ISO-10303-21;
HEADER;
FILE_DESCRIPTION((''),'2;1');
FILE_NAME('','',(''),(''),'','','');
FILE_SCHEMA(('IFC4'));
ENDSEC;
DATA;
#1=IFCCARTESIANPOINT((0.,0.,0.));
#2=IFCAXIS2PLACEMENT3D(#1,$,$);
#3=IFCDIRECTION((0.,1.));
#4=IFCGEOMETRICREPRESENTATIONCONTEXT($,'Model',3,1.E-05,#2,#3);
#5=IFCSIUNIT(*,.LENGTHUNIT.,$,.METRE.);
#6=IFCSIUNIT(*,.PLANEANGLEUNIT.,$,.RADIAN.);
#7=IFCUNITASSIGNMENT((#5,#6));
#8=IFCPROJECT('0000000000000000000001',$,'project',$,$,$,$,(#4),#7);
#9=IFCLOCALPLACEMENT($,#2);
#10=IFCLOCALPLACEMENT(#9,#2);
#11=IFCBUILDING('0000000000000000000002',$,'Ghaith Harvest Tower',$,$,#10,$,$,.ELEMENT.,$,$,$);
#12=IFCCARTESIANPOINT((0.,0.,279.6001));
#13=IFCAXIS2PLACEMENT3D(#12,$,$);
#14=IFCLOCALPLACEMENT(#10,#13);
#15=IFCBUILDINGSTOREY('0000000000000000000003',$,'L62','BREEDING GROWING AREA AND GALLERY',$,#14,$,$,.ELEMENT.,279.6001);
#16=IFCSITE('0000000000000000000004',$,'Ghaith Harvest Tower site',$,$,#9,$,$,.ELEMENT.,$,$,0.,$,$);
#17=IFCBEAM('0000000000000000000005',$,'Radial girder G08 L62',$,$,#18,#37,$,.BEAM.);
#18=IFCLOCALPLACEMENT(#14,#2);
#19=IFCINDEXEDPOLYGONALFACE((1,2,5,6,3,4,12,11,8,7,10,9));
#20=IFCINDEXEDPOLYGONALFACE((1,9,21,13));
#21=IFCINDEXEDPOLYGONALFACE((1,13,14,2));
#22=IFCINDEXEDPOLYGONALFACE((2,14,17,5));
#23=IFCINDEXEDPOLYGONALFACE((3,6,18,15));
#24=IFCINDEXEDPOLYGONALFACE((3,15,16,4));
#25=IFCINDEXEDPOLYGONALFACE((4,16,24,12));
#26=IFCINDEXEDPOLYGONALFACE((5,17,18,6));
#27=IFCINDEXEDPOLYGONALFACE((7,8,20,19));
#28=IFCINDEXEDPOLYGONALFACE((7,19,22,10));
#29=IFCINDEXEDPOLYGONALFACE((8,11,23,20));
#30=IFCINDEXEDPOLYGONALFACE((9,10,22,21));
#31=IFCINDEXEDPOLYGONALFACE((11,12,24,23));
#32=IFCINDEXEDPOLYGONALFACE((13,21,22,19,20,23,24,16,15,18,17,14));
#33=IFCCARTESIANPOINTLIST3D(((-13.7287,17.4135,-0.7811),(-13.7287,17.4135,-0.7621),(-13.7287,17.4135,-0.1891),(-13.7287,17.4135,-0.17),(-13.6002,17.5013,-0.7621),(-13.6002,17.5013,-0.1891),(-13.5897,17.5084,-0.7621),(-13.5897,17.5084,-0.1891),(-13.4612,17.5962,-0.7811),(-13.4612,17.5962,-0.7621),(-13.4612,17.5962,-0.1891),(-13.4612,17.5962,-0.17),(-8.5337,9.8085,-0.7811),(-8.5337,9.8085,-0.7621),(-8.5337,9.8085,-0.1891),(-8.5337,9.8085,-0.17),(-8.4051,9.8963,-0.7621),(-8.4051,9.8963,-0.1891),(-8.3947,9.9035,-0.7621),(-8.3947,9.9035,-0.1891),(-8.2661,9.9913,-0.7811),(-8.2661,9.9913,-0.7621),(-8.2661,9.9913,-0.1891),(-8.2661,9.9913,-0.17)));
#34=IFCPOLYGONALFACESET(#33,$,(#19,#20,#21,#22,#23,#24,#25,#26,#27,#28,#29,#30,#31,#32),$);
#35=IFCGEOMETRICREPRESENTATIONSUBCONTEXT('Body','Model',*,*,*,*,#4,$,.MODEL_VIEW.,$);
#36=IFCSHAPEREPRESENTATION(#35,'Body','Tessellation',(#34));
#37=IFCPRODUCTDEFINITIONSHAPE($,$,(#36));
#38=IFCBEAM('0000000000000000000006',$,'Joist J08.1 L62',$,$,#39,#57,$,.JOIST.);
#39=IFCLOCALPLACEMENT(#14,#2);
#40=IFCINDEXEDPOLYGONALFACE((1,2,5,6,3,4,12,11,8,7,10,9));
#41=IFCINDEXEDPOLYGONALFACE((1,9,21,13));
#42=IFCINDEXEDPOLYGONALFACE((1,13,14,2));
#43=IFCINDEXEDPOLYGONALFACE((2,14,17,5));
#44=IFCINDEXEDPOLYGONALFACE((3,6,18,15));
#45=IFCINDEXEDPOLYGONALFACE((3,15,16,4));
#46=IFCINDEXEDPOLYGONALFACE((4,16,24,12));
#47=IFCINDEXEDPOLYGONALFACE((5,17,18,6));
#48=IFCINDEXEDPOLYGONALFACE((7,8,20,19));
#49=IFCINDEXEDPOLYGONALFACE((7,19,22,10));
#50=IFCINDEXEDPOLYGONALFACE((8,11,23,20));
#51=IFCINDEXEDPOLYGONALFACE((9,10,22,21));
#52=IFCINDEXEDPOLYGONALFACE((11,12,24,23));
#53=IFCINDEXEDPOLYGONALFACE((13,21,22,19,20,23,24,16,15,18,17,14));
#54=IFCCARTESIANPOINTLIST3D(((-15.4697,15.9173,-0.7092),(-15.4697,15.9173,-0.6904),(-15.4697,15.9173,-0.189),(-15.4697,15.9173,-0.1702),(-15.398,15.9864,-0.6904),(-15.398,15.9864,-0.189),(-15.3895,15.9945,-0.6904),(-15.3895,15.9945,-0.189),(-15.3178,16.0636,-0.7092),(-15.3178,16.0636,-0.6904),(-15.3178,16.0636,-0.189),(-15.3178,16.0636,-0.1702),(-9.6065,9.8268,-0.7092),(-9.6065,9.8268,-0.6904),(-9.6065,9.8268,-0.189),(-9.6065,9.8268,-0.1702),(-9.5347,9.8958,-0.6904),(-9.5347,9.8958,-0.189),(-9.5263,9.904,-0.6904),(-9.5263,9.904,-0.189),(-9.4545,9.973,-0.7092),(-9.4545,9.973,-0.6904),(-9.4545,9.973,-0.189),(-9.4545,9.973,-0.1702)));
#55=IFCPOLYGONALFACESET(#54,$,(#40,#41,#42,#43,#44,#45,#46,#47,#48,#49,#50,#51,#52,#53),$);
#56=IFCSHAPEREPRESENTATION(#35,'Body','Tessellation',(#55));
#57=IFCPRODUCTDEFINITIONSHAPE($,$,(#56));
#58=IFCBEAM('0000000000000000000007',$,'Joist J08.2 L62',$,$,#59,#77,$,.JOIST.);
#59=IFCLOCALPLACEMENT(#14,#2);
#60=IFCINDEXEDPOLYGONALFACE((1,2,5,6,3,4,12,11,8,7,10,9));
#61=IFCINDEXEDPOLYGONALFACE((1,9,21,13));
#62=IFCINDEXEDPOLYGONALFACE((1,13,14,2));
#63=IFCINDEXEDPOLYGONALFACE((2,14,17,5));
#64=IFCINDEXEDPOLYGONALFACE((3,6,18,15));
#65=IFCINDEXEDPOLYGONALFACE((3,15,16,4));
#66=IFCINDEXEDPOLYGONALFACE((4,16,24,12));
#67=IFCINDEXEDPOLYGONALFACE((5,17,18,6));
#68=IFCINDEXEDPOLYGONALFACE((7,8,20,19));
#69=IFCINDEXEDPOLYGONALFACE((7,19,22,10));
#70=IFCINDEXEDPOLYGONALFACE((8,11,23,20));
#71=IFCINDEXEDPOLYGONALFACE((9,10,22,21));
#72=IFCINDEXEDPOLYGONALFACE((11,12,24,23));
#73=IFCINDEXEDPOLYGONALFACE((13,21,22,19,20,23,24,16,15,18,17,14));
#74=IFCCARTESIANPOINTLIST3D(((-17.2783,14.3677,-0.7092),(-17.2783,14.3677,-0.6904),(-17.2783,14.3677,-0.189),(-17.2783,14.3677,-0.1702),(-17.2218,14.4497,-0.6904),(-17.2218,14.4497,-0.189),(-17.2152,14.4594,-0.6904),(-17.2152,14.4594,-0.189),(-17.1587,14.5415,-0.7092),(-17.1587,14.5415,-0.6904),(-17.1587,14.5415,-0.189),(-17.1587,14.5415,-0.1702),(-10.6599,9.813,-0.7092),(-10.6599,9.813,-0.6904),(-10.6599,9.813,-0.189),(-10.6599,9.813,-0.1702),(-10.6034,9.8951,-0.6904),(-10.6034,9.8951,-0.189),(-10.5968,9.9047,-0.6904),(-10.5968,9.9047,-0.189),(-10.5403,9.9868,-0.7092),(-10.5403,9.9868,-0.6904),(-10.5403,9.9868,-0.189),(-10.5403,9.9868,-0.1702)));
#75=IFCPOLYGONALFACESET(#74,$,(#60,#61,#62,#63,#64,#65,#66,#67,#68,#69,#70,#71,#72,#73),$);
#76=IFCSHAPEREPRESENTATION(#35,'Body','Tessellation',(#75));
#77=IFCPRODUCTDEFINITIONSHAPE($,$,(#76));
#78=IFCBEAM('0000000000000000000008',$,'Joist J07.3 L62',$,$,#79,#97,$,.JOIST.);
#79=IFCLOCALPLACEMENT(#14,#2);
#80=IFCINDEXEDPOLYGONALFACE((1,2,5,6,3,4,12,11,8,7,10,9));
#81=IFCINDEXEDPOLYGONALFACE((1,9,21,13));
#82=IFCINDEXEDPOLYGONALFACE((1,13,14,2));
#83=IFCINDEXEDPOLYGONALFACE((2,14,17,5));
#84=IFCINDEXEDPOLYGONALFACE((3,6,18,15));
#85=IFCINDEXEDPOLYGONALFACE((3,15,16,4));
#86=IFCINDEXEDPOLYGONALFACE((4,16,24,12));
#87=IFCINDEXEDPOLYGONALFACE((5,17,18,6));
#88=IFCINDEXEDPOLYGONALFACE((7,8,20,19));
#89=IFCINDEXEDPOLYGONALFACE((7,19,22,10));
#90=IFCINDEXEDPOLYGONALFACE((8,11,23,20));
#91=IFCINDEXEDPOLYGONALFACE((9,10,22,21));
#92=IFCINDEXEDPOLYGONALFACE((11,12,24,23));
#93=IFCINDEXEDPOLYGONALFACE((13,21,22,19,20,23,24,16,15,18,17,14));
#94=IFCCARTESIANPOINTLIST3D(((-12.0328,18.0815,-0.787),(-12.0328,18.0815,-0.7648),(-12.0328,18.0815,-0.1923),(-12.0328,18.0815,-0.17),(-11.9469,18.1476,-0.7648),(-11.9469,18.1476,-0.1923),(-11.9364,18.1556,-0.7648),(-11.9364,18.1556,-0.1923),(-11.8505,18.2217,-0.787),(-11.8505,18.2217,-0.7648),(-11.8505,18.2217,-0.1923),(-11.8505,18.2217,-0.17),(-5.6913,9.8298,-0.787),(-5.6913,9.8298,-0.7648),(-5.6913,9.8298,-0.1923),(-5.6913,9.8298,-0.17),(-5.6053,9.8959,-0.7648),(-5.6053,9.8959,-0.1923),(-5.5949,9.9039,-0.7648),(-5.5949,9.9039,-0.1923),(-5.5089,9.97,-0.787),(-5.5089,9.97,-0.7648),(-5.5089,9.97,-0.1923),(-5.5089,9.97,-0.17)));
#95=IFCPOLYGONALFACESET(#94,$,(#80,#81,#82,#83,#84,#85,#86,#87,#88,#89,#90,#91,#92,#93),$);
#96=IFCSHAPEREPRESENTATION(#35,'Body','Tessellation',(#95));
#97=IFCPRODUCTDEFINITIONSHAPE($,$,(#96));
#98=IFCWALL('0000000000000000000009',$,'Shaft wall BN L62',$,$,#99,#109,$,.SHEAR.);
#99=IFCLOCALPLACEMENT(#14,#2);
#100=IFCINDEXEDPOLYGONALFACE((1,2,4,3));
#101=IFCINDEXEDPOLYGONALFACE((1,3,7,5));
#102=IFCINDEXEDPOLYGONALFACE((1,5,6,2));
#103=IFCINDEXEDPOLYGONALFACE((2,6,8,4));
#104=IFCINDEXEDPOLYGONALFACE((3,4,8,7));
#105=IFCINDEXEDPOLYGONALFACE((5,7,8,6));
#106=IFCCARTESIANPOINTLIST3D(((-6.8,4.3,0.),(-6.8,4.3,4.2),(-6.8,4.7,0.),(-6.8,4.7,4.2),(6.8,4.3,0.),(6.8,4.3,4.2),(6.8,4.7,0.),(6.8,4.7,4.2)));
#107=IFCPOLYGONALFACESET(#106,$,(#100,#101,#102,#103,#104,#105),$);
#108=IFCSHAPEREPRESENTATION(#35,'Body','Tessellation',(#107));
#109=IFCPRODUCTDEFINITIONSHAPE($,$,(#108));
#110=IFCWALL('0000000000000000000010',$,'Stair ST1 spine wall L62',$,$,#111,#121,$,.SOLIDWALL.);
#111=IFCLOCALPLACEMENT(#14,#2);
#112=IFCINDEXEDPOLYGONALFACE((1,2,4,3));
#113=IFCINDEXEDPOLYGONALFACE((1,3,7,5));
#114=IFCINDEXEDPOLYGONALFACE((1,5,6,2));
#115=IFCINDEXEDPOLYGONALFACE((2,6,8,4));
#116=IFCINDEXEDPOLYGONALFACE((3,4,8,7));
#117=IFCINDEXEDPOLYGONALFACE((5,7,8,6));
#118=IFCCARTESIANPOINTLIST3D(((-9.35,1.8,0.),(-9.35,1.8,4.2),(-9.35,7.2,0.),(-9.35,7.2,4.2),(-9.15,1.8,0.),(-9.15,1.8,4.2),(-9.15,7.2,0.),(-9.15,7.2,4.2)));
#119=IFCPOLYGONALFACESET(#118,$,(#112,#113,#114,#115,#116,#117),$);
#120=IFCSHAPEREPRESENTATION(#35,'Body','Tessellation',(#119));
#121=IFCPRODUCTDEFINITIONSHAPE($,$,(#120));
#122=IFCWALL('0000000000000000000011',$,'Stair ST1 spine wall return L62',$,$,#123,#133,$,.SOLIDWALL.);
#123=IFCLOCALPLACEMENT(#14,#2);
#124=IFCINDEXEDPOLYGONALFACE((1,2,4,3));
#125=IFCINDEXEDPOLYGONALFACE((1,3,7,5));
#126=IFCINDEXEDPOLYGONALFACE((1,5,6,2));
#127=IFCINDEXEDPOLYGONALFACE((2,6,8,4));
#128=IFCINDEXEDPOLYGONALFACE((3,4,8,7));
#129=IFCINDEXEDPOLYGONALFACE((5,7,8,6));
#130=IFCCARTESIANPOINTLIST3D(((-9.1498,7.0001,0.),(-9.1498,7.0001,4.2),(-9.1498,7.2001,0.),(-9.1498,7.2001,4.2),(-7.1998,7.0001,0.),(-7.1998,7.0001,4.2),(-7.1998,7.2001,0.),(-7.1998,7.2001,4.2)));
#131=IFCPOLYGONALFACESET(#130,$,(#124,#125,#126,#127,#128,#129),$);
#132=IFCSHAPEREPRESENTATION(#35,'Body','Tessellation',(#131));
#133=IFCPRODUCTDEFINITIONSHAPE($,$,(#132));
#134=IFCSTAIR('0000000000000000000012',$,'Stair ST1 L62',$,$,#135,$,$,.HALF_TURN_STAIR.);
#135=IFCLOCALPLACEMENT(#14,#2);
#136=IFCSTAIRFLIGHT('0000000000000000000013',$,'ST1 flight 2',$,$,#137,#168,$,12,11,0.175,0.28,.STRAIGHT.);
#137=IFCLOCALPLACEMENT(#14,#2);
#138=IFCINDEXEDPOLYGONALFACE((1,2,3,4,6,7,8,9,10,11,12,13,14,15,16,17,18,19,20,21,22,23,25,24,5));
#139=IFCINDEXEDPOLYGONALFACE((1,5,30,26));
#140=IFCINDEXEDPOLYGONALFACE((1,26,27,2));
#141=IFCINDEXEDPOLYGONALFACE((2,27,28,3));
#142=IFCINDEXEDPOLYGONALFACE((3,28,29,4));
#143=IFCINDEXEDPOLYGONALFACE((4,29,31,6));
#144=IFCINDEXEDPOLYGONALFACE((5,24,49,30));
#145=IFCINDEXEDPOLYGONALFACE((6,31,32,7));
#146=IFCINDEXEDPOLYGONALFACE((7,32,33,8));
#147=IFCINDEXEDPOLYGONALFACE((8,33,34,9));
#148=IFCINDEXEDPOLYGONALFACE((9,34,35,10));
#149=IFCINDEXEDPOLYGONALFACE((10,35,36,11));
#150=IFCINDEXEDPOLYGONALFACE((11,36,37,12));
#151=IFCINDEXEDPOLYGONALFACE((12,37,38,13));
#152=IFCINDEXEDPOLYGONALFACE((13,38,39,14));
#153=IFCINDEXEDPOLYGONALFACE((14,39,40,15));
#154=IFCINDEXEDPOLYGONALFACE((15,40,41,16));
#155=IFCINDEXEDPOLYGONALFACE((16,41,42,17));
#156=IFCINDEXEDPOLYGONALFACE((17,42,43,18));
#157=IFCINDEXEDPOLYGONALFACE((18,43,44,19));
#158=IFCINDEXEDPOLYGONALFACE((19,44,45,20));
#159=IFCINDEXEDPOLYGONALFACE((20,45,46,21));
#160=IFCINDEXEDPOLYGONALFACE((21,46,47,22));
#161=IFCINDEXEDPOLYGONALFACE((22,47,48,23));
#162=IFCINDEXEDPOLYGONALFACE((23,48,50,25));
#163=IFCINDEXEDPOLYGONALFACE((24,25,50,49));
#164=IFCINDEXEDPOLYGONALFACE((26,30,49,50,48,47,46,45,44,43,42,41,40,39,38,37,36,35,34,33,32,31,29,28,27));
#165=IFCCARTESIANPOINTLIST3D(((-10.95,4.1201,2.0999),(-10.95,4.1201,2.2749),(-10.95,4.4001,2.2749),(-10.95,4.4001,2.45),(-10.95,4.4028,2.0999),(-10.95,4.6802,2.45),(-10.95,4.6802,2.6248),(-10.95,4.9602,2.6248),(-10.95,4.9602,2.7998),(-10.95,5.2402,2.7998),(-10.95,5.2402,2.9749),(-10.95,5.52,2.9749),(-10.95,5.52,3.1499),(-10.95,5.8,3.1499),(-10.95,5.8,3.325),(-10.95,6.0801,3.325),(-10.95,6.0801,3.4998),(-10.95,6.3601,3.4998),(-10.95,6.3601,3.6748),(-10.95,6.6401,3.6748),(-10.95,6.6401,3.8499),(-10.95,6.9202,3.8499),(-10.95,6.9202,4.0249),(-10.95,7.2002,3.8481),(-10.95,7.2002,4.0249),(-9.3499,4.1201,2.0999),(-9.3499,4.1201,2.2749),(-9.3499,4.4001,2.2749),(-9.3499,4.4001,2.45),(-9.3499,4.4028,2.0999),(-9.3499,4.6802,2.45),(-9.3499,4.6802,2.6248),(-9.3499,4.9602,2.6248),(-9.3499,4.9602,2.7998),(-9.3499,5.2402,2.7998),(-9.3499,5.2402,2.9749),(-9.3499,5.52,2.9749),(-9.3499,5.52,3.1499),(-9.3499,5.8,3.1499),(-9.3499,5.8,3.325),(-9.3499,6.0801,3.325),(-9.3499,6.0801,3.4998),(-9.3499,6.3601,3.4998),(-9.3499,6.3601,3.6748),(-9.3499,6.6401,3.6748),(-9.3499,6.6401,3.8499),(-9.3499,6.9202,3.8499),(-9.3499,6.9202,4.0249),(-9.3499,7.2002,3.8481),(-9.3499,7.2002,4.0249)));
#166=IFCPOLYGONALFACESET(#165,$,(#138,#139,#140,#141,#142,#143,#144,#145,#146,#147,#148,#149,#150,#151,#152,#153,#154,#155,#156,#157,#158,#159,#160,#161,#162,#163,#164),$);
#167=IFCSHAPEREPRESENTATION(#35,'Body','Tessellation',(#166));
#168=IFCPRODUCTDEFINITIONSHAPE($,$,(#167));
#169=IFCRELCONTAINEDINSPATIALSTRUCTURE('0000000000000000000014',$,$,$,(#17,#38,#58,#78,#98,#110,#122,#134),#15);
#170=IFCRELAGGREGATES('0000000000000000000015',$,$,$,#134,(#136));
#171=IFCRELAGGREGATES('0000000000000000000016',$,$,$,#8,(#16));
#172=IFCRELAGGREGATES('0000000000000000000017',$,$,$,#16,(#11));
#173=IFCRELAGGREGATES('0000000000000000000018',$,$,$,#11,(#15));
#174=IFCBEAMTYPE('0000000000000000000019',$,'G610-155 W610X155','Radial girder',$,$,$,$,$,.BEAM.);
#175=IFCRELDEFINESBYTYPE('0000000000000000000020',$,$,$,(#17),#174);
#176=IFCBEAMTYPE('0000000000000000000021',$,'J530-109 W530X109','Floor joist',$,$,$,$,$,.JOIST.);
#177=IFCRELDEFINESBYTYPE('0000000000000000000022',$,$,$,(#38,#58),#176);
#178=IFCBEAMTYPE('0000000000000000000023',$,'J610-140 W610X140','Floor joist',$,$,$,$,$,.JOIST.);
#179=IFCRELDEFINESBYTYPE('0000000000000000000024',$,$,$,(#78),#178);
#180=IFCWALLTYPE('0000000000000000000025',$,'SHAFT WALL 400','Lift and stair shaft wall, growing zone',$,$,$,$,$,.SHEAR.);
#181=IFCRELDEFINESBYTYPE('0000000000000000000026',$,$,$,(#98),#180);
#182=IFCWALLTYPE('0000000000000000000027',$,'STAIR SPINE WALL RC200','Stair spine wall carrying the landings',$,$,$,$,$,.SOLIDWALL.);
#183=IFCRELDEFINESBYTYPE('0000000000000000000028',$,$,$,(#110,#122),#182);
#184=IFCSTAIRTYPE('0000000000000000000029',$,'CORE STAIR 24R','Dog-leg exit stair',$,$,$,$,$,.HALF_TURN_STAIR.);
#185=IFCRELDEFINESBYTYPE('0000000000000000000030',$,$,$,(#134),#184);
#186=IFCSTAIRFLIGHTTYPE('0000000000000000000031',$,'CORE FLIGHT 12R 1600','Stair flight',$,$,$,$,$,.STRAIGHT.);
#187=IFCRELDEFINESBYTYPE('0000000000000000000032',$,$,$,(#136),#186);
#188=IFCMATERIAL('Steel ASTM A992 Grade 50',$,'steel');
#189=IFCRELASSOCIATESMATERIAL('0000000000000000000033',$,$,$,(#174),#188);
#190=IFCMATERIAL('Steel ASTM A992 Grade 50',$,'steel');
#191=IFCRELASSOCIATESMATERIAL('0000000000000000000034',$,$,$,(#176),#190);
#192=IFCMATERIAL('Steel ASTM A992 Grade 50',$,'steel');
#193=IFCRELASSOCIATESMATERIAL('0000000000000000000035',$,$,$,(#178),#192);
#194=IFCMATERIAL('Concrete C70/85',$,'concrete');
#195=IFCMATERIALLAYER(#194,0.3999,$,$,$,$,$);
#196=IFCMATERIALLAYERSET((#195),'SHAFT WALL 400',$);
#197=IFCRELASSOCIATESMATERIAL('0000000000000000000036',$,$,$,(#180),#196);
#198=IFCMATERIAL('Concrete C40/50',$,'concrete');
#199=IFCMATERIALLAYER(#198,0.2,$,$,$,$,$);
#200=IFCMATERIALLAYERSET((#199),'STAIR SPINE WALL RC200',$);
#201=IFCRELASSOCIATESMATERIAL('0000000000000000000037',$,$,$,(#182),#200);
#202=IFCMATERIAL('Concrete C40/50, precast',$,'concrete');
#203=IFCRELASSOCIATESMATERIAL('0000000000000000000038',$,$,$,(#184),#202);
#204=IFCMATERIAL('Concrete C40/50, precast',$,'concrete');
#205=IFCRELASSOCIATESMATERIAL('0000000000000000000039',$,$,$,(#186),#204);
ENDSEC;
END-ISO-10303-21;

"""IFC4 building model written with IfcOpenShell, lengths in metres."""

from ifc_helpers import new_model, si_unit, direction, frame, frame_2d, origin, origin_2d, place, context, subcontext, project, spatial, polyline, rectangle, i_section, outline, extrude, material, layer, layer_set, material_profile, profile_set, type_object, element, aggregate, save


model = new_model("IFC4")

# Units and contexts
model_context = context("Model", 3, precision=1e-05, world=origin(), true_north=direction((0.0, 1.0)))
body_context = subcontext(model_context, "Body", "Model", "MODEL_VIEW")
ifc_project = project(units=[si_unit("LENGTHUNIT", "METRE"), si_unit("PLANEANGLEUNIT", "RADIAN")], contexts=[model_context])

# Site, building, storey
site_placement = place(None, origin())
site = spatial("IfcSite", under=ifc_project, at=site_placement, Name="Ghaith Harvest Tower site", CompositionType="ELEMENT", RefElevation=0.0)
building_placement = place(site_placement, origin())
building = spatial("IfcBuilding", under=site, at=building_placement, Name="Ghaith Harvest Tower", CompositionType="ELEMENT")
storey_placement = place(building_placement, frame((0.0, 0.0, 279.6001)))
storey = spatial("IfcBuildingStorey", under=building, at=storey_placement, Name="L62", Description="BREEDING GROWING AREA AND GALLERY", CompositionType="ELEMENT", Elevation=279.6001)

# Beams
ifc_material_1 = material(Name="Steel ASTM A992 Grade 50", Category="steel")
ifc_material_profile_1 = material_profile(ifc_material_1, i_section(OverallWidth=0.324, OverallDepth=0.6111, WebThickness=0.0127, FlangeThickness=0.019, at=origin_2d()), Name="W610X155")
ifc_profile_set_1 = profile_set([ifc_material_profile_1], Name="Steel ASTM A992 Grade 50")
beam_type_1 = type_object("IfcBeamType", Name="G610-155 W610X155", Description="Radial girder", PredefinedType="BEAM", material=ifc_profile_set_1)
beam_1_placement = place(storey_placement, frame((-8.3999, 9.8999, -0.4756), z_axis=(-0.564067, 0.825729, 0.0), x_axis=(-0.825729, -0.564067, 0.0)))
element("IfcBeam", 1, at=beam_1_placement, inside=storey, type_object=beam_type_1, Name="Radial girder G08 L62", PredefinedType="BEAM", context=body_context, shape_type="SweptSolid", body=[
    extrude(i_section(OverallWidth=0.324, OverallDepth=0.6111, WebThickness=0.0127, FlangeThickness=0.019, at=origin_2d()), origin(), (0.0, 0.0, 1.0), 9.21),
])
ifc_material_2 = material(Name="Steel ASTM A992 Grade 50", Category="steel")
ifc_material_profile_2 = material_profile(ifc_material_2, i_section(OverallWidth=0.2109, OverallDepth=0.5391, WebThickness=0.0117, FlangeThickness=0.0188, at=origin_2d()), Name="W530X109")
ifc_profile_set_2 = profile_set([ifc_material_profile_2], Name="Steel ASTM A992 Grade 50")
beam_type_2 = type_object("IfcBeamType", Name="J530-109 W530X109", Description="Floor joist", PredefinedType="JOIST", material=ifc_profile_set_2)
beam_2_placement = place(storey_placement, frame((-9.5305, 9.8999, -0.4397), z_axis=(-0.693536, 0.720422, 0.0), x_axis=(-0.720422, -0.693536, 0.0)))
element("IfcBeam", 2, at=beam_2_placement, inside=storey, type_object=beam_type_2, Name="Joist J08.1 L62", PredefinedType="JOIST", context=body_context, shape_type="SweptSolid", body=[
    extrude(i_section(OverallWidth=0.2109, OverallDepth=0.5391, WebThickness=0.0117, FlangeThickness=0.0188, at=origin_2d()), origin(), (0.0, 0.0, 1.0), 8.4541),
])
beam_3_placement = place(storey_placement, frame((-10.6001, 9.8999, -0.4397), z_axis=(-0.823779, 0.566912, 0.0), x_axis=(-0.566912, -0.823779, 0.0)))
element("IfcBeam", 3, at=beam_3_placement, inside=storey, type_object=beam_type_2, Name="Joist J08.2 L62", PredefinedType="JOIST", context=body_context, shape_type="SweptSolid", body=[
    extrude(i_section(OverallWidth=0.2109, OverallDepth=0.5391, WebThickness=0.0117, FlangeThickness=0.0188, at=origin_2d()), origin(), (0.0, 0.0, 1.0), 8.0342),
])
ifc_material_3 = material(Name="Steel ASTM A992 Grade 50", Category="steel")
ifc_material_profile_3 = material_profile(ifc_material_3, i_section(OverallWidth=0.23, OverallDepth=0.6169, WebThickness=0.0132, FlangeThickness=0.0222, at=origin_2d()), Name="W610X140")
ifc_profile_set_3 = profile_set([ifc_material_profile_3], Name="Steel ASTM A992 Grade 50")
beam_type_3 = type_object("IfcBeamType", Name="J610-140 W610X140", Description="Floor joist", PredefinedType="JOIST", material=ifc_profile_set_3)
beam_4_placement = place(storey_placement, frame((-5.6001, 9.8999, -0.4785), z_axis=(-0.609354, 0.792899, 0.0), x_axis=(-0.792899, -0.609354, 0.0)))
element("IfcBeam", 4, at=beam_4_placement, inside=storey, type_object=beam_type_3, Name="Joist J07.3 L62", PredefinedType="JOIST", context=body_context, shape_type="SweptSolid", body=[
    extrude(i_section(OverallWidth=0.23, OverallDepth=0.6169, WebThickness=0.0132, FlangeThickness=0.0222, at=origin_2d()), origin(), (0.0, 0.0, 1.0), 10.407),
])

# Shared definitions
ifc_material_4 = material(Name="Concrete C70/85", Category="concrete")
ifc_layer_1 = layer(ifc_material_4, 0.3999)
ifc_layer_set_1 = layer_set([ifc_layer_1], Name="SHAFT WALL 400")
wall_type_1 = type_object("IfcWallType", Name="SHAFT WALL 400", Description="Lift and stair shaft wall, growing zone", PredefinedType="SHEAR", material=ifc_layer_set_1)

# Walls
wall_1_placement = place(storey_placement, frame((-6.8, 4.5, 0.0), z_axis=(0.0, 0.0, 1.0), x_axis=(1.0, 0.0, 0.0)))
element("IfcWall", 5, at=wall_1_placement, inside=storey, type_object=wall_type_1, Name="Shaft wall BN L62", PredefinedType="SHEAR", context=body_context, shape_type="SweptSolid", body=[
    extrude(rectangle(XDim=13.6001, YDim=0.3999, at=frame_2d((6.8, 0.0))), origin(), (0.0, 0.0, 1.0), 4.2),
])
ifc_material_5 = material(Name="Concrete C40/50", Category="concrete")
ifc_layer_2 = layer(ifc_material_5, 0.2)
ifc_layer_set_2 = layer_set([ifc_layer_2], Name="STAIR SPINE WALL RC200")
wall_type_2 = type_object("IfcWallType", Name="STAIR SPINE WALL RC200", Description="Stair spine wall carrying the landings", PredefinedType="SOLIDWALL", material=ifc_layer_set_2)
wall_2_placement = place(storey_placement, frame((-9.25, 7.2, 0.0), z_axis=(0.0, 0.0, 1.0), x_axis=(0.0, -1.0, 0.0)))
element("IfcWall", 6, at=wall_2_placement, inside=storey, type_object=wall_type_2, Name="Stair ST1 spine wall L62", PredefinedType="SOLIDWALL", context=body_context, shape_type="SweptSolid", body=[
    extrude(rectangle(XDim=5.3999, YDim=0.2, at=frame_2d((2.7, 0.0))), origin(), (0.0, 0.0, 1.0), 4.2),
])
wall_3_placement = place(storey_placement, frame((-9.1499, 7.1001, 0.0), z_axis=(0.0, 0.0, 1.0), x_axis=(1.0, 0.0, 0.0)))
element("IfcWall", 7, at=wall_3_placement, inside=storey, type_object=wall_type_2, Name="Stair ST1 spine wall return L62", PredefinedType="SOLIDWALL", context=body_context, shape_type="SweptSolid", body=[
    extrude(rectangle(XDim=1.95, YDim=0.2, at=frame_2d((0.9751, 0.0))), origin(), (0.0, 0.0, 1.0), 4.2),
])

# Stair, stair flight
ifc_material_6 = material(Name="Concrete C40/50, precast", Category="concrete")
stair_type = type_object("IfcStairType", Name="CORE STAIR 24R", Description="Dog-leg exit stair", PredefinedType="HALF_TURN_STAIR", material=ifc_material_6)
stair_placement = place(storey_placement, origin())
stair = element("IfcStair", 8, at=stair_placement, inside=storey, type_object=stair_type, Name="Stair ST1 L62", PredefinedType="HALF_TURN_STAIR")
ifc_material_7 = material(Name="Concrete C40/50, precast", Category="concrete")
stair_flight_type = type_object("IfcStairFlightType", Name="CORE FLIGHT 12R 1600", Description="Stair flight", PredefinedType="STRAIGHT", material=ifc_material_7)
stair_flight_placement = place(storey_placement, frame((-10.1499, 4.1201, 2.0999), z_axis=(0.0, 0.0, 1.0), x_axis=(0.0, 1.0, 0.0)))
stair_flight = element("IfcStairFlight", 9, at=stair_flight_placement, type_object=stair_flight_type, Name="ST1 flight 2", NumberOfRisers=12, NumberOfTreads=11, PredefinedType="STRAIGHT", RiserHeight=0.175, TreadLength=0.28, context=body_context, shape_type="SweptSolid", body=[
    extrude(outline(polyline([(0.0, 0.0), (0.0, 0.175), (0.28, 0.175), (0.28, 0.3501), (0.5601, 0.3501), (0.5601, 0.5249), (0.8401, 0.5249), (0.8401, 0.7), (1.1201, 0.7), (1.1201, 0.875), (1.3999, 0.875), (1.3999, 1.05), (1.6799, 1.05), (1.6799, 1.2251), (1.96, 1.2251), (1.96, 1.3999), (2.24, 1.3999), (2.24, 1.575), (2.52, 1.575), (2.52, 1.75), (2.8, 1.75), (2.8, 1.925), (3.0801, 1.925), (3.0801, 2.1001), (3.0801, 1.7483), (0.2827, 0.0), (0.0, 0.0)])), frame((0.0, 0.8, 0.0), z_axis=(0.0, -1.0, 0.0), x_axis=(1.0, 0.0, 0.0)), (0.0, 0.0, 1.0), 1.6001),
])
aggregate(stair, [stair_flight])

save(model, "model.ifc")
